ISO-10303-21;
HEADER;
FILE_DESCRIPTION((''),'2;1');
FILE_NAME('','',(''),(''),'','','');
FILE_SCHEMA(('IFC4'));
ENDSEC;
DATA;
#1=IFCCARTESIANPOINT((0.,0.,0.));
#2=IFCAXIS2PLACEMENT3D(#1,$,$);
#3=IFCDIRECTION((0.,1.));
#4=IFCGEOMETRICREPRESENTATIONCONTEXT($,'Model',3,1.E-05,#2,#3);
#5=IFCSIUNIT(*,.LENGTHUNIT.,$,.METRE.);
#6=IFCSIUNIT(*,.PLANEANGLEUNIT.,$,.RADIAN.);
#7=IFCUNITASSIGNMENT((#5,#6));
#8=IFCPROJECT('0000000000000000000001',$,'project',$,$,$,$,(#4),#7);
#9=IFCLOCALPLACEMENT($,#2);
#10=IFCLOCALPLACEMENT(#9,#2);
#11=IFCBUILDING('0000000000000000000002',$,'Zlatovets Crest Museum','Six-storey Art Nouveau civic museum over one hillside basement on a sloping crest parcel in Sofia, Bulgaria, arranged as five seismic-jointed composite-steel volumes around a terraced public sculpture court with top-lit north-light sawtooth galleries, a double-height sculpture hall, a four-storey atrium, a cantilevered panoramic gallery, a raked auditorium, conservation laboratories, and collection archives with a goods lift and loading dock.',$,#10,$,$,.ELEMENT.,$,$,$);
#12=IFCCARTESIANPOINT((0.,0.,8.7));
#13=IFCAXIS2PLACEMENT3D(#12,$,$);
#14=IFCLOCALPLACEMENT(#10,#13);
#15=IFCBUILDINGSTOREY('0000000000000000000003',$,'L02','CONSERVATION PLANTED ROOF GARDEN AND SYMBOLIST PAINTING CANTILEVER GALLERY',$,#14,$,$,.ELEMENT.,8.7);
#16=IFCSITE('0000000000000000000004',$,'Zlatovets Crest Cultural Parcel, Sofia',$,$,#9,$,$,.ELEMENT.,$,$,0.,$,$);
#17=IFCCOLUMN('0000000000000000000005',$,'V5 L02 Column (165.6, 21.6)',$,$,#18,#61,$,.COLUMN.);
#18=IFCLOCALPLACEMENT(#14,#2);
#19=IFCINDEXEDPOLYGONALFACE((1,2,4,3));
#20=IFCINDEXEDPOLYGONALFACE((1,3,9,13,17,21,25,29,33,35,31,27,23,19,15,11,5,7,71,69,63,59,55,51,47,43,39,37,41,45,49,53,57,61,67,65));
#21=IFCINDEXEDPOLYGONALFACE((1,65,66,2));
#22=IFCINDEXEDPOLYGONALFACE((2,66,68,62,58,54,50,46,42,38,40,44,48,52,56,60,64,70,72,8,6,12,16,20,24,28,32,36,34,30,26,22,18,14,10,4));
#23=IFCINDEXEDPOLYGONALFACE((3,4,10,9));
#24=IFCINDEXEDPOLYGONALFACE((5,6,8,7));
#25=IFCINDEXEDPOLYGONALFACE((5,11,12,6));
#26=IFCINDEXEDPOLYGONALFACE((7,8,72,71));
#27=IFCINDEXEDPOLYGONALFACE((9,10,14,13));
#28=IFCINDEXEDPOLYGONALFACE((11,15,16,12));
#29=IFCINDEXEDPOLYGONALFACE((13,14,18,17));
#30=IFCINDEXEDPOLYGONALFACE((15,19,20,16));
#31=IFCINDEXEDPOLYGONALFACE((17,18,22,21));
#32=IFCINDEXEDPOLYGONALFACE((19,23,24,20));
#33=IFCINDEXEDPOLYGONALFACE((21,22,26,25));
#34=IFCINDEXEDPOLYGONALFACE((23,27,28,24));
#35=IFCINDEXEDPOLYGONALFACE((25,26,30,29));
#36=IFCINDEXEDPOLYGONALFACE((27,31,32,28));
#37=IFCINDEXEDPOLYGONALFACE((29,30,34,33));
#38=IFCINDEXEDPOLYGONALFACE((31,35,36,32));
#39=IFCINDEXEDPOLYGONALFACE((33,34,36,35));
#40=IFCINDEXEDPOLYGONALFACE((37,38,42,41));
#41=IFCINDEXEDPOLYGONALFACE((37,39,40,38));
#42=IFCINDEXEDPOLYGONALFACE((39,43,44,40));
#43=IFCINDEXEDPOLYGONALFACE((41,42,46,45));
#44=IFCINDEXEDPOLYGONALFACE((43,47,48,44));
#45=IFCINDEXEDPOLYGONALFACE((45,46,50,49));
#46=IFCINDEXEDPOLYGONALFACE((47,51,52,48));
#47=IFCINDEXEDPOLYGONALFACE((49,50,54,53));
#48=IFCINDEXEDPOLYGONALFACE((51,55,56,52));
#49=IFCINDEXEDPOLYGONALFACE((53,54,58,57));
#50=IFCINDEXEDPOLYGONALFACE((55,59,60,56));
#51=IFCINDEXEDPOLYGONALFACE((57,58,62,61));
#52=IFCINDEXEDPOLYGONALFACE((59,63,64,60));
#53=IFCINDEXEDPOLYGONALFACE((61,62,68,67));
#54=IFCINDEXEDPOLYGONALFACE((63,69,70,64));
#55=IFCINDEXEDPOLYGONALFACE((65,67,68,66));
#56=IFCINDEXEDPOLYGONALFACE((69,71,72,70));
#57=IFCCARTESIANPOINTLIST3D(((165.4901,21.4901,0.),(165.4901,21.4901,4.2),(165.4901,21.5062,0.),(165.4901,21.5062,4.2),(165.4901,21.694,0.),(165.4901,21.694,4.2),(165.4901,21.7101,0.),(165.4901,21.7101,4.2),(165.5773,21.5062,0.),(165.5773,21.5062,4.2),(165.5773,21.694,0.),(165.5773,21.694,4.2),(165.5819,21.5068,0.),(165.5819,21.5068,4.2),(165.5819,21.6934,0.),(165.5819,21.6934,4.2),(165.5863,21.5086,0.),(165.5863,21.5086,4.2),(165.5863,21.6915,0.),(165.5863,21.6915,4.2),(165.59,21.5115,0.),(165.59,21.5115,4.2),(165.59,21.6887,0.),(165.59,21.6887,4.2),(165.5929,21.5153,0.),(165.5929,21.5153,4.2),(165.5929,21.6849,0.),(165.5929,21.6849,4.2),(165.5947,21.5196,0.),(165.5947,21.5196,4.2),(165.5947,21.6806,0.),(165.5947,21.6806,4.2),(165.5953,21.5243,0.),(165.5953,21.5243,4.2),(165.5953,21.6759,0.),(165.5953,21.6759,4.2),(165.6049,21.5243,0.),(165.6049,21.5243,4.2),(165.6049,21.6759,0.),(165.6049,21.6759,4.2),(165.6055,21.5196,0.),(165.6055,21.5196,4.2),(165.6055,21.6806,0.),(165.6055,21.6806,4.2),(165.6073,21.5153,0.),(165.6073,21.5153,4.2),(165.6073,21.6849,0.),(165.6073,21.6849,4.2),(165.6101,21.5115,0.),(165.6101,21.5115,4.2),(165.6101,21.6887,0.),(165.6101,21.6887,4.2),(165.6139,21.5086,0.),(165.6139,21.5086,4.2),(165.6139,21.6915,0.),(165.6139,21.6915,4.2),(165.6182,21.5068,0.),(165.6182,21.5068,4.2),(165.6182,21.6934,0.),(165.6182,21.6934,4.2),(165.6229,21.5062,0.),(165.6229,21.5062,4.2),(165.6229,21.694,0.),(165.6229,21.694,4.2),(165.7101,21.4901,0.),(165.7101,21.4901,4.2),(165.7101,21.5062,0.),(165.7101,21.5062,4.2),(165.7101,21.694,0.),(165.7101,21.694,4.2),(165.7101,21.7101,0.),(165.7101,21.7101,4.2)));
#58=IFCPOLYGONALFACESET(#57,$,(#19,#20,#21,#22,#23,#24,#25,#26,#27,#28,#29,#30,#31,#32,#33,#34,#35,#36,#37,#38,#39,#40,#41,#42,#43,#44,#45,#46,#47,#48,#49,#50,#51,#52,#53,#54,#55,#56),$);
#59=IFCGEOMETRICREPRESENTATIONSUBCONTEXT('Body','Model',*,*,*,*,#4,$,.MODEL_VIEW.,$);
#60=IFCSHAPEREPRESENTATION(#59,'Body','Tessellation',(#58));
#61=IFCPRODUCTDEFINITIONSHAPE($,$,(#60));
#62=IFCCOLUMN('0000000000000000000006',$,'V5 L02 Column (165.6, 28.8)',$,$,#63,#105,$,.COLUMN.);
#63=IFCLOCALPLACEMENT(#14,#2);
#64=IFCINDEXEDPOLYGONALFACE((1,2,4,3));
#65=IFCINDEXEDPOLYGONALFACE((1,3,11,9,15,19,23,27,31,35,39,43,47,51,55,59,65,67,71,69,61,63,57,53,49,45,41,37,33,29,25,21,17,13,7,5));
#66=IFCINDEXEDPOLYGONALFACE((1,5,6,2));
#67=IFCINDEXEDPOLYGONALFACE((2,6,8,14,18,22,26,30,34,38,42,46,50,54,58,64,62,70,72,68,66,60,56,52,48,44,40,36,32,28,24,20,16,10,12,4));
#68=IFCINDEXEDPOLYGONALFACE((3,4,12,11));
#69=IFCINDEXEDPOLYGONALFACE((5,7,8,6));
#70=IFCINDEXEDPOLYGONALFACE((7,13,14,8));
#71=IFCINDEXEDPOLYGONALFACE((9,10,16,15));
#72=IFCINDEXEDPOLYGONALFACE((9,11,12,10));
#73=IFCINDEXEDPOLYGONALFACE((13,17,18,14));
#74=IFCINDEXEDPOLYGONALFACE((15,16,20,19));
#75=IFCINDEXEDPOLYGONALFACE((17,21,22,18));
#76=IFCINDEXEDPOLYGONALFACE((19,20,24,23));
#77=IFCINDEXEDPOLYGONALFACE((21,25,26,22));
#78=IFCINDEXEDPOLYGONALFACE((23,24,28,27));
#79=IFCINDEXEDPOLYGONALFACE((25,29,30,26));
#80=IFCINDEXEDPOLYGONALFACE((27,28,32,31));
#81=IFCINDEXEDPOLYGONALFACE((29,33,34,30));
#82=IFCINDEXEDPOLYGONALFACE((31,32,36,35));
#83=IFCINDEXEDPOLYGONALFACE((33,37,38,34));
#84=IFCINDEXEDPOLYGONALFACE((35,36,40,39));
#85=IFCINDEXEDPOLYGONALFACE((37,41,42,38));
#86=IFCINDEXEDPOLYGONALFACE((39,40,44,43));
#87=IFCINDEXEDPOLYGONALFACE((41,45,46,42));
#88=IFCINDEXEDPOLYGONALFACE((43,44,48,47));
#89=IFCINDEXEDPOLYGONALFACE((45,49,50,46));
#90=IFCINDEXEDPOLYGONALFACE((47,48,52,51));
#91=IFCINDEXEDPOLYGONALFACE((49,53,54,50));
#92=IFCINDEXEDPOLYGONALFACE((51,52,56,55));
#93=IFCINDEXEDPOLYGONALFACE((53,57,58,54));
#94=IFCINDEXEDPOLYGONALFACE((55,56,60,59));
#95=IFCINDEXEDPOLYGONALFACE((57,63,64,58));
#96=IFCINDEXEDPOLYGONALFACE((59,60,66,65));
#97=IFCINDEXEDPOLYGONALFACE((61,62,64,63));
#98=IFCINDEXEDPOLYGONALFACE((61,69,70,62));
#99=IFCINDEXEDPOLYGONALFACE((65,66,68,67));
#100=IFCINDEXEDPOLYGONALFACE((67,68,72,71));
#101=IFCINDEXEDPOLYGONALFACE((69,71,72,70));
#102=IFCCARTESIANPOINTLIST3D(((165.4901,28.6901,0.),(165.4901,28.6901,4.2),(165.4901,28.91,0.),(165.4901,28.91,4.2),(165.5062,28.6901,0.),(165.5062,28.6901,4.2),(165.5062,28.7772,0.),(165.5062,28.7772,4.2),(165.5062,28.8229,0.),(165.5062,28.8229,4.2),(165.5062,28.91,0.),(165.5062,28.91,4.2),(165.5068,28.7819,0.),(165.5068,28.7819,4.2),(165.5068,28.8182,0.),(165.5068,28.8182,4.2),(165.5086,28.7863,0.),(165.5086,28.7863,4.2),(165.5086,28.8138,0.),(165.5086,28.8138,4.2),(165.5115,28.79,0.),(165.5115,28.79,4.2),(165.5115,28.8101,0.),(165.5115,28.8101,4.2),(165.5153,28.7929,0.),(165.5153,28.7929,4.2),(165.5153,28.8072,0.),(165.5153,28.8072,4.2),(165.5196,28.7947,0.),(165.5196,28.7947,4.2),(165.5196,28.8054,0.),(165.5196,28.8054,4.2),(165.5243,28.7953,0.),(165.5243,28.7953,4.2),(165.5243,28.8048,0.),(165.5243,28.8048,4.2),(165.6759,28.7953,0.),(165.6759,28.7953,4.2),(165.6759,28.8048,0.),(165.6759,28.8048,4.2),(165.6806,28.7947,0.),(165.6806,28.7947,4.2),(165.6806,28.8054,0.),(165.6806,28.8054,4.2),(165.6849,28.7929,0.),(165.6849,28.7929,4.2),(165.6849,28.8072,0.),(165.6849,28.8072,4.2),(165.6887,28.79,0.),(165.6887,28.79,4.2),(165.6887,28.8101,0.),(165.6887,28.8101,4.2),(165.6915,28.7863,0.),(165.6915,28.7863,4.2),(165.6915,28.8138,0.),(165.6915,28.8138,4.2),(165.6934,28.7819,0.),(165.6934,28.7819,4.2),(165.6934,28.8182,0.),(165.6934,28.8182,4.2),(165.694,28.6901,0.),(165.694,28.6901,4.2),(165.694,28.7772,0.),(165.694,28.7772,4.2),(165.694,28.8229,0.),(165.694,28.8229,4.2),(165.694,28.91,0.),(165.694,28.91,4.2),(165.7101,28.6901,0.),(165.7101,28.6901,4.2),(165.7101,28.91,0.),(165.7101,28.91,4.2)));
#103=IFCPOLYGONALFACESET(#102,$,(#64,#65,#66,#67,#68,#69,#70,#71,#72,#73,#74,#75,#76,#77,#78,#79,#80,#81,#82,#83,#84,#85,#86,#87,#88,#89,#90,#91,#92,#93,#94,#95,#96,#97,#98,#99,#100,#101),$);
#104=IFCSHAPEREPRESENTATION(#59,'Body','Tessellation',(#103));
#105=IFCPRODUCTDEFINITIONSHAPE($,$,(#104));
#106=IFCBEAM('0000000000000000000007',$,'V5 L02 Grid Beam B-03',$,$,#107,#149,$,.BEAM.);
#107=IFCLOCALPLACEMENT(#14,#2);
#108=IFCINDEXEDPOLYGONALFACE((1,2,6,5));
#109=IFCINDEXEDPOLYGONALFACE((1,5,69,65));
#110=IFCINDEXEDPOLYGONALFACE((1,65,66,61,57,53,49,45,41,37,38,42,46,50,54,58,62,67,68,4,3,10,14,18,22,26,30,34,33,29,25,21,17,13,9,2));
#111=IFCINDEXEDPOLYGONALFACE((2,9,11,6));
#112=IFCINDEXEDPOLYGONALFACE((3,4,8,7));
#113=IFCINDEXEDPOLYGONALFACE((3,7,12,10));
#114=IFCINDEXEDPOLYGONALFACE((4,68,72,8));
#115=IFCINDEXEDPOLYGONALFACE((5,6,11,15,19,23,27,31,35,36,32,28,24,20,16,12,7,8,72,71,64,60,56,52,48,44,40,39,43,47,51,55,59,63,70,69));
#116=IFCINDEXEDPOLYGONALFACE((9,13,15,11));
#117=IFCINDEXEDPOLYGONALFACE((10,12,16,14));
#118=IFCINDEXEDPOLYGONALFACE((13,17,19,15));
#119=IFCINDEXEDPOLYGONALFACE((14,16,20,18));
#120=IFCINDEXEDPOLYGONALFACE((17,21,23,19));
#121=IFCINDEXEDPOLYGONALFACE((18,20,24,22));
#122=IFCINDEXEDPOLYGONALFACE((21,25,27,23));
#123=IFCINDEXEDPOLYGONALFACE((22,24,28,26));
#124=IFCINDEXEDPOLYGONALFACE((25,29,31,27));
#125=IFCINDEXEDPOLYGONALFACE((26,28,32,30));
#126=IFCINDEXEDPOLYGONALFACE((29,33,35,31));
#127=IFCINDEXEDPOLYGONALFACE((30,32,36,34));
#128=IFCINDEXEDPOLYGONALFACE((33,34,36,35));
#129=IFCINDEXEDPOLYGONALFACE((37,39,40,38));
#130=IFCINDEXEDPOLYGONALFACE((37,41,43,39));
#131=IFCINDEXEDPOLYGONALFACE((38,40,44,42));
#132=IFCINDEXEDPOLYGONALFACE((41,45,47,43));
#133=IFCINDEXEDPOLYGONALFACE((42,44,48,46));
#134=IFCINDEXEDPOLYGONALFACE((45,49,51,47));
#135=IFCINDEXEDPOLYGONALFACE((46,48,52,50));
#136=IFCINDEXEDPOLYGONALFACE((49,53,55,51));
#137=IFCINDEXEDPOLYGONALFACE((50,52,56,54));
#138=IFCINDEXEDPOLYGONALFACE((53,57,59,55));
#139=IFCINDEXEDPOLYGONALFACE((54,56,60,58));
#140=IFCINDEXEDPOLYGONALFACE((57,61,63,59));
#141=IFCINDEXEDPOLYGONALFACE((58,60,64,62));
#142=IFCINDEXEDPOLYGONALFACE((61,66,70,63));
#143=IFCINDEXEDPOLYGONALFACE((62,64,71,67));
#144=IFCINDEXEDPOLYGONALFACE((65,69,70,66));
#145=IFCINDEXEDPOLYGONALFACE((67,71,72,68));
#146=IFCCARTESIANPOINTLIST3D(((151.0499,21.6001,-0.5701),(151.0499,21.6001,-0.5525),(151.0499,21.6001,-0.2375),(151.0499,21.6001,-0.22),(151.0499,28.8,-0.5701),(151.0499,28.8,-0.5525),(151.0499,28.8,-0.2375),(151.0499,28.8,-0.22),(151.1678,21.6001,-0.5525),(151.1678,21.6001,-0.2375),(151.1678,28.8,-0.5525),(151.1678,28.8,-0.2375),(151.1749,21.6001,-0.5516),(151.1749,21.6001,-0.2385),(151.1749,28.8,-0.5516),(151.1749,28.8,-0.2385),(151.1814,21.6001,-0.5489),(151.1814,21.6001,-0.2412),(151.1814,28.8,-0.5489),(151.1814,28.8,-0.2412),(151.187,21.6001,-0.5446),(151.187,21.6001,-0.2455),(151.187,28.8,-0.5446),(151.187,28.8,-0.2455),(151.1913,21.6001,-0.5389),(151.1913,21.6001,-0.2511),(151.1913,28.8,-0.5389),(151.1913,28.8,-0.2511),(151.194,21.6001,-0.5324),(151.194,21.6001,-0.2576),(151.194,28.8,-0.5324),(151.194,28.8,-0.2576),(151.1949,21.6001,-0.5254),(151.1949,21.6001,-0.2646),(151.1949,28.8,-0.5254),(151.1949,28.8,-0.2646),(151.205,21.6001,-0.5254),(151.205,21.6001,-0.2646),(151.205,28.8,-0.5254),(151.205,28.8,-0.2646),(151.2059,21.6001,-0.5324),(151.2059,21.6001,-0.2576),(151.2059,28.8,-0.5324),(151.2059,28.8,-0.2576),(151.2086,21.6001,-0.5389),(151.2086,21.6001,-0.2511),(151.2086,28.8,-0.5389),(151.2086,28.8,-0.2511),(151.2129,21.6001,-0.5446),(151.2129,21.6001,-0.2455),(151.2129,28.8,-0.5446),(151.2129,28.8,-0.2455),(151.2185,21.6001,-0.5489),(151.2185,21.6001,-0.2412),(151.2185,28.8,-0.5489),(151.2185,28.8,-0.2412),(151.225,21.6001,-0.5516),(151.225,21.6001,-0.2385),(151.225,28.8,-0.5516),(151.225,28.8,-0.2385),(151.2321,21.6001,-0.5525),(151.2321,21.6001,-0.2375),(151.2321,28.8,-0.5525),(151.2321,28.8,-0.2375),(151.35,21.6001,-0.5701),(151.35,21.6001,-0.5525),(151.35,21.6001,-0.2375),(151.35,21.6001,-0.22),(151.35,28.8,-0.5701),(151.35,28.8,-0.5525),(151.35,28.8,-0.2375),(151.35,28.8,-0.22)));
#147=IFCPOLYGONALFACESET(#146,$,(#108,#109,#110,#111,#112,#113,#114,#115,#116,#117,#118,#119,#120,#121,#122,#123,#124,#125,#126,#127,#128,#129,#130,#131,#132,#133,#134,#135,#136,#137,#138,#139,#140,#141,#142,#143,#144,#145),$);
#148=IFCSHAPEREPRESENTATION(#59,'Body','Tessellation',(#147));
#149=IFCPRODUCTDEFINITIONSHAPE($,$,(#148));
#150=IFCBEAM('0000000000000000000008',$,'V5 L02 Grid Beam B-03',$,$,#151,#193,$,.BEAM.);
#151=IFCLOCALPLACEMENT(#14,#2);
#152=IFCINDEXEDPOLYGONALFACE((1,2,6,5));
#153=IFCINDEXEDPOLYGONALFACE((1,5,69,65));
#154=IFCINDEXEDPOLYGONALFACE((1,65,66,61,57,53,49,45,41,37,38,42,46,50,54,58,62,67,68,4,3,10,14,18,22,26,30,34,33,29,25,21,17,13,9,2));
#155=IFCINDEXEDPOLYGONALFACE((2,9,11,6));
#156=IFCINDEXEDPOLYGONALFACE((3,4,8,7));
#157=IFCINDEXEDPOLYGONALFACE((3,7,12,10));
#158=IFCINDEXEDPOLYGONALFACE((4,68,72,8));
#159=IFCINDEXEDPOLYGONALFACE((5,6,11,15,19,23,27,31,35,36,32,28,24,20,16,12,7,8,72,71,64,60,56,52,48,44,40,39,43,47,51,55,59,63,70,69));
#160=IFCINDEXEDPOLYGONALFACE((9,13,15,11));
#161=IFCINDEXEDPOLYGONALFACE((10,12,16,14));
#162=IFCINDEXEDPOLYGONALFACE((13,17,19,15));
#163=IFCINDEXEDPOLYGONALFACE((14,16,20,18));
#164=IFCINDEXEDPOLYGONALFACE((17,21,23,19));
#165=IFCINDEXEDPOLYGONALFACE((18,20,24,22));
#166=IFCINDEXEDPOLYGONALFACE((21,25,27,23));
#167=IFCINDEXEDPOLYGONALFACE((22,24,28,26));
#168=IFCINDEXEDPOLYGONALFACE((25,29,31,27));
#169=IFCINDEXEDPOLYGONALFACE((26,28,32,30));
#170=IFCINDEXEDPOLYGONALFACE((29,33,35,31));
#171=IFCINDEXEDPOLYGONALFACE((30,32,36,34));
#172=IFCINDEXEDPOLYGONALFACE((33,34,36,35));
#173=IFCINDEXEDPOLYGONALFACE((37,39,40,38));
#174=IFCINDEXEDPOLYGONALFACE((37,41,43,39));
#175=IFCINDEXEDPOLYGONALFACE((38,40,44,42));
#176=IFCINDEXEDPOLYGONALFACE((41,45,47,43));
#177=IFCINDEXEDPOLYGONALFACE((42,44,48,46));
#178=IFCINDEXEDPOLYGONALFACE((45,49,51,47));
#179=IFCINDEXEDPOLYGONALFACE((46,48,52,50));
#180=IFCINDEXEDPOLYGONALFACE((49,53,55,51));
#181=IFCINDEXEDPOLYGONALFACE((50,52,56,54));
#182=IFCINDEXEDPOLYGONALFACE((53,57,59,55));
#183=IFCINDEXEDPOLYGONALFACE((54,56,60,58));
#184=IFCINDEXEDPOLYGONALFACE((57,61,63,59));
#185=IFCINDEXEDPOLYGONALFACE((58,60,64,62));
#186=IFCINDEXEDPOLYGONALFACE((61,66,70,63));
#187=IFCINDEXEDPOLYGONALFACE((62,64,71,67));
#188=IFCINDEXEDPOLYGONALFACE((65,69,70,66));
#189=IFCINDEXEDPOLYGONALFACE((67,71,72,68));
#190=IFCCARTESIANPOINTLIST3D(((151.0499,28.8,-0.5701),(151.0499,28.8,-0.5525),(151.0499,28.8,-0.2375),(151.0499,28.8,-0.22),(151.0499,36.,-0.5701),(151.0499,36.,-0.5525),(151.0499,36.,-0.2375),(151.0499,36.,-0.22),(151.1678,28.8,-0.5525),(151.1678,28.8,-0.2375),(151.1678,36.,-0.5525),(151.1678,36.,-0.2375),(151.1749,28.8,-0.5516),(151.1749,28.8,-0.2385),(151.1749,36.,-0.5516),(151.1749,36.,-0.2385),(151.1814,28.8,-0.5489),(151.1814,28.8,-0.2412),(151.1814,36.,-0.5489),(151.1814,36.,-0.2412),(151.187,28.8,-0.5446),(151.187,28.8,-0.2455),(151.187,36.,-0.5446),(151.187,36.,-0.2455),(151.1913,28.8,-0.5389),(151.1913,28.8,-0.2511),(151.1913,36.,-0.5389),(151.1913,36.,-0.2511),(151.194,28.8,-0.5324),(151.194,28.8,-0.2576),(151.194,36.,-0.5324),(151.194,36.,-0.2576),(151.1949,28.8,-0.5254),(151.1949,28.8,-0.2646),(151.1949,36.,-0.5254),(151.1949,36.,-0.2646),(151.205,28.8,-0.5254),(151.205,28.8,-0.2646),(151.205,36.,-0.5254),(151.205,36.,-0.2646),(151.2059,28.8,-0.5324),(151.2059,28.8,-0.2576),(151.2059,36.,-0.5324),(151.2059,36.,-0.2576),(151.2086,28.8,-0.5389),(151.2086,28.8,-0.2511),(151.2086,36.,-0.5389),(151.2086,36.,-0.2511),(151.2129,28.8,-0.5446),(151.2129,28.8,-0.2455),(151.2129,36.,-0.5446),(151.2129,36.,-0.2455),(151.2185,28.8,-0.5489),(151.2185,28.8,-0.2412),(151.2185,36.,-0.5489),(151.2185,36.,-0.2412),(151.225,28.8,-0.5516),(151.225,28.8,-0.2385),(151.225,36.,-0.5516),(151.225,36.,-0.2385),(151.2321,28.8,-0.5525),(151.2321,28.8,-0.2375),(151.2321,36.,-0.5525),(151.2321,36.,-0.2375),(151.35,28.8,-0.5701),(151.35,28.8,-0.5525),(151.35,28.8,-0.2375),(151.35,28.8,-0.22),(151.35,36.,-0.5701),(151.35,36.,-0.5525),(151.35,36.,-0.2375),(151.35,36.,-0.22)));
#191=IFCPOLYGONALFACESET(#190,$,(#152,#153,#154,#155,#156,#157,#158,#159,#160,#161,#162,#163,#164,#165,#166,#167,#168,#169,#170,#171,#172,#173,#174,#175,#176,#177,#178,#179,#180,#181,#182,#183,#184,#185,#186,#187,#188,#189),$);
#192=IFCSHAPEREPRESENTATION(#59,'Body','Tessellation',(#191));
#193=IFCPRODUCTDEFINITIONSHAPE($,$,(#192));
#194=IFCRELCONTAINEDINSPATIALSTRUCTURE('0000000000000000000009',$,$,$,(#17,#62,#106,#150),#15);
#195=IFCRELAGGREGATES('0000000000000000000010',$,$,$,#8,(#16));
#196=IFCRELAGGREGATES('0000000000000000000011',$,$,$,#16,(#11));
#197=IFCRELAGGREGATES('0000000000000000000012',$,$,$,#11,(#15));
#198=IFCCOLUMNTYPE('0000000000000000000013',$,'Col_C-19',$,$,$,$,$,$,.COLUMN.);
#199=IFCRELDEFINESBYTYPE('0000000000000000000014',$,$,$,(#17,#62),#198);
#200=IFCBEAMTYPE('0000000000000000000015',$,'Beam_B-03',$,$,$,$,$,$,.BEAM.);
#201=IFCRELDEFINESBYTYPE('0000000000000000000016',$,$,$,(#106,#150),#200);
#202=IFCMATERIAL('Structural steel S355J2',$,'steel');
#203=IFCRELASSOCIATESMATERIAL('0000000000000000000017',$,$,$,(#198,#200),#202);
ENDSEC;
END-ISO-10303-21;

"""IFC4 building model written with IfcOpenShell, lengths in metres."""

from ifc_helpers import new_model, si_unit, direction, frame, origin, origin_2d, place, context, subcontext, project, spatial, i_section, extrude, material, material_profile, profile_set, type_object, element, save


model = new_model("IFC4")

# Units and contexts
model_context = context("Model", 3, precision=1e-05, world=origin(), true_north=direction((0.0, 1.0)))
body_context = subcontext(model_context, "Body", "Model", "MODEL_VIEW")
ifc_project = project(units=[si_unit("LENGTHUNIT", "METRE"), si_unit("PLANEANGLEUNIT", "RADIAN")], contexts=[model_context])

# Site, building, storey
site_placement = place(None, origin())
site = spatial("IfcSite", under=ifc_project, at=site_placement, Name="Zlatovets Crest Cultural Parcel, Sofia", CompositionType="ELEMENT", RefElevation=0.0)
building_placement = place(site_placement, origin())
building = spatial("IfcBuilding", under=site, at=building_placement, Name="Zlatovets Crest Museum", Description="Six-storey Art Nouveau civic museum over one hillside basement on a sloping crest parcel in Sofia, Bulgaria, arranged as five seismic-jointed composite-steel volumes around a terraced public sculpture court with top-lit north-light sawtooth galleries, a double-height sculpture hall, a four-storey atrium, a cantilevered panoramic gallery, a raked auditorium, conservation laboratories, and collection archives with a goods lift and loading dock.", CompositionType="ELEMENT")
storey_placement = place(building_placement, frame((0.0, 0.0, 8.7)))
storey = spatial("IfcBuildingStorey", under=building, at=storey_placement, Name="L02", Description="CONSERVATION PLANTED ROOF GARDEN AND SYMBOLIST PAINTING CANTILEVER GALLERY", CompositionType="ELEMENT", Elevation=8.7)

# Columns
ifc_material_1 = material(Name="Structural steel S355J2", Category="steel")
ifc_material_profile_1 = material_profile(ifc_material_1, i_section(OverallWidth=0.22, OverallDepth=0.22, WebThickness=0.0095, FlangeThickness=0.0161, FilletRadius=0.0181, at=origin_2d()), Name="HEB 220")
ifc_profile_set_1 = profile_set([ifc_material_profile_1], Name="Structural steel S355J2")
column_type = type_object("IfcColumnType", Name="Col_C-19", PredefinedType="COLUMN", material=ifc_profile_set_1)
for number, where, z_axis, x_axis, name in (
    (1, (165.6001, 21.6001, 0.0), (0.0, 0.0, 1.0), (1.0, 0.0, 0.0), "V5 L02 Column (165.6, 21.6)"),
    (2, (165.6001, 28.8, 0.0), (0.0, 0.0, 1.0), (0.0, 1.0, 0.0), "V5 L02 Column (165.6, 28.8)"),
):
    element("IfcColumn", number, at=place(storey_placement, frame(where, z_axis=z_axis, x_axis=x_axis)), inside=storey, type_object=column_type, Name=name, PredefinedType="COLUMN", context=body_context, shape_type="SweptSolid", body=[
        extrude(i_section(OverallWidth=0.22, OverallDepth=0.22, WebThickness=0.0095, FlangeThickness=0.0161, FilletRadius=0.0181, at=origin_2d()), origin(), (0.0, 0.0, 1.0), 4.2),
    ])

# Beams
ifc_material_profile_2 = material_profile(ifc_material_1, i_section(OverallWidth=0.3, OverallDepth=0.3501, WebThickness=0.01, FlangeThickness=0.0176, FilletRadius=0.0271, at=origin_2d()), Name="HEA 360")
ifc_profile_set_2 = profile_set([ifc_material_profile_2], Name="Structural steel S355J2")
beam_type_1 = type_object("IfcBeamType", Name="Beam_B-03", PredefinedType="BEAM", material=ifc_profile_set_2)
for number, where, z_axis, x_axis, name in (
    (3, (151.2, 21.6001, -0.395), (0.0, 1.0, 0.0), (-1.0, 0.0, 0.0), "V5 L02 Grid Beam B-03"),
    (4, (151.2, 28.8, -0.395), (0.0, 1.0, 0.0), (-1.0, 0.0, 0.0), "V5 L02 Grid Beam B-03"),
):
    element("IfcBeam", number, at=place(storey_placement, frame(where, z_axis=z_axis, x_axis=x_axis)), inside=storey, type_object=beam_type_1, Name=name, PredefinedType="BEAM", context=body_context, shape_type="SweptSolid", body=[
        extrude(i_section(OverallWidth=0.3, OverallDepth=0.3501, WebThickness=0.01, FlangeThickness=0.0176, FilletRadius=0.0271, at=origin_2d()), origin(), (0.0, 0.0, 1.0), 7.2),
    ])

save(model, "model.ifc")
